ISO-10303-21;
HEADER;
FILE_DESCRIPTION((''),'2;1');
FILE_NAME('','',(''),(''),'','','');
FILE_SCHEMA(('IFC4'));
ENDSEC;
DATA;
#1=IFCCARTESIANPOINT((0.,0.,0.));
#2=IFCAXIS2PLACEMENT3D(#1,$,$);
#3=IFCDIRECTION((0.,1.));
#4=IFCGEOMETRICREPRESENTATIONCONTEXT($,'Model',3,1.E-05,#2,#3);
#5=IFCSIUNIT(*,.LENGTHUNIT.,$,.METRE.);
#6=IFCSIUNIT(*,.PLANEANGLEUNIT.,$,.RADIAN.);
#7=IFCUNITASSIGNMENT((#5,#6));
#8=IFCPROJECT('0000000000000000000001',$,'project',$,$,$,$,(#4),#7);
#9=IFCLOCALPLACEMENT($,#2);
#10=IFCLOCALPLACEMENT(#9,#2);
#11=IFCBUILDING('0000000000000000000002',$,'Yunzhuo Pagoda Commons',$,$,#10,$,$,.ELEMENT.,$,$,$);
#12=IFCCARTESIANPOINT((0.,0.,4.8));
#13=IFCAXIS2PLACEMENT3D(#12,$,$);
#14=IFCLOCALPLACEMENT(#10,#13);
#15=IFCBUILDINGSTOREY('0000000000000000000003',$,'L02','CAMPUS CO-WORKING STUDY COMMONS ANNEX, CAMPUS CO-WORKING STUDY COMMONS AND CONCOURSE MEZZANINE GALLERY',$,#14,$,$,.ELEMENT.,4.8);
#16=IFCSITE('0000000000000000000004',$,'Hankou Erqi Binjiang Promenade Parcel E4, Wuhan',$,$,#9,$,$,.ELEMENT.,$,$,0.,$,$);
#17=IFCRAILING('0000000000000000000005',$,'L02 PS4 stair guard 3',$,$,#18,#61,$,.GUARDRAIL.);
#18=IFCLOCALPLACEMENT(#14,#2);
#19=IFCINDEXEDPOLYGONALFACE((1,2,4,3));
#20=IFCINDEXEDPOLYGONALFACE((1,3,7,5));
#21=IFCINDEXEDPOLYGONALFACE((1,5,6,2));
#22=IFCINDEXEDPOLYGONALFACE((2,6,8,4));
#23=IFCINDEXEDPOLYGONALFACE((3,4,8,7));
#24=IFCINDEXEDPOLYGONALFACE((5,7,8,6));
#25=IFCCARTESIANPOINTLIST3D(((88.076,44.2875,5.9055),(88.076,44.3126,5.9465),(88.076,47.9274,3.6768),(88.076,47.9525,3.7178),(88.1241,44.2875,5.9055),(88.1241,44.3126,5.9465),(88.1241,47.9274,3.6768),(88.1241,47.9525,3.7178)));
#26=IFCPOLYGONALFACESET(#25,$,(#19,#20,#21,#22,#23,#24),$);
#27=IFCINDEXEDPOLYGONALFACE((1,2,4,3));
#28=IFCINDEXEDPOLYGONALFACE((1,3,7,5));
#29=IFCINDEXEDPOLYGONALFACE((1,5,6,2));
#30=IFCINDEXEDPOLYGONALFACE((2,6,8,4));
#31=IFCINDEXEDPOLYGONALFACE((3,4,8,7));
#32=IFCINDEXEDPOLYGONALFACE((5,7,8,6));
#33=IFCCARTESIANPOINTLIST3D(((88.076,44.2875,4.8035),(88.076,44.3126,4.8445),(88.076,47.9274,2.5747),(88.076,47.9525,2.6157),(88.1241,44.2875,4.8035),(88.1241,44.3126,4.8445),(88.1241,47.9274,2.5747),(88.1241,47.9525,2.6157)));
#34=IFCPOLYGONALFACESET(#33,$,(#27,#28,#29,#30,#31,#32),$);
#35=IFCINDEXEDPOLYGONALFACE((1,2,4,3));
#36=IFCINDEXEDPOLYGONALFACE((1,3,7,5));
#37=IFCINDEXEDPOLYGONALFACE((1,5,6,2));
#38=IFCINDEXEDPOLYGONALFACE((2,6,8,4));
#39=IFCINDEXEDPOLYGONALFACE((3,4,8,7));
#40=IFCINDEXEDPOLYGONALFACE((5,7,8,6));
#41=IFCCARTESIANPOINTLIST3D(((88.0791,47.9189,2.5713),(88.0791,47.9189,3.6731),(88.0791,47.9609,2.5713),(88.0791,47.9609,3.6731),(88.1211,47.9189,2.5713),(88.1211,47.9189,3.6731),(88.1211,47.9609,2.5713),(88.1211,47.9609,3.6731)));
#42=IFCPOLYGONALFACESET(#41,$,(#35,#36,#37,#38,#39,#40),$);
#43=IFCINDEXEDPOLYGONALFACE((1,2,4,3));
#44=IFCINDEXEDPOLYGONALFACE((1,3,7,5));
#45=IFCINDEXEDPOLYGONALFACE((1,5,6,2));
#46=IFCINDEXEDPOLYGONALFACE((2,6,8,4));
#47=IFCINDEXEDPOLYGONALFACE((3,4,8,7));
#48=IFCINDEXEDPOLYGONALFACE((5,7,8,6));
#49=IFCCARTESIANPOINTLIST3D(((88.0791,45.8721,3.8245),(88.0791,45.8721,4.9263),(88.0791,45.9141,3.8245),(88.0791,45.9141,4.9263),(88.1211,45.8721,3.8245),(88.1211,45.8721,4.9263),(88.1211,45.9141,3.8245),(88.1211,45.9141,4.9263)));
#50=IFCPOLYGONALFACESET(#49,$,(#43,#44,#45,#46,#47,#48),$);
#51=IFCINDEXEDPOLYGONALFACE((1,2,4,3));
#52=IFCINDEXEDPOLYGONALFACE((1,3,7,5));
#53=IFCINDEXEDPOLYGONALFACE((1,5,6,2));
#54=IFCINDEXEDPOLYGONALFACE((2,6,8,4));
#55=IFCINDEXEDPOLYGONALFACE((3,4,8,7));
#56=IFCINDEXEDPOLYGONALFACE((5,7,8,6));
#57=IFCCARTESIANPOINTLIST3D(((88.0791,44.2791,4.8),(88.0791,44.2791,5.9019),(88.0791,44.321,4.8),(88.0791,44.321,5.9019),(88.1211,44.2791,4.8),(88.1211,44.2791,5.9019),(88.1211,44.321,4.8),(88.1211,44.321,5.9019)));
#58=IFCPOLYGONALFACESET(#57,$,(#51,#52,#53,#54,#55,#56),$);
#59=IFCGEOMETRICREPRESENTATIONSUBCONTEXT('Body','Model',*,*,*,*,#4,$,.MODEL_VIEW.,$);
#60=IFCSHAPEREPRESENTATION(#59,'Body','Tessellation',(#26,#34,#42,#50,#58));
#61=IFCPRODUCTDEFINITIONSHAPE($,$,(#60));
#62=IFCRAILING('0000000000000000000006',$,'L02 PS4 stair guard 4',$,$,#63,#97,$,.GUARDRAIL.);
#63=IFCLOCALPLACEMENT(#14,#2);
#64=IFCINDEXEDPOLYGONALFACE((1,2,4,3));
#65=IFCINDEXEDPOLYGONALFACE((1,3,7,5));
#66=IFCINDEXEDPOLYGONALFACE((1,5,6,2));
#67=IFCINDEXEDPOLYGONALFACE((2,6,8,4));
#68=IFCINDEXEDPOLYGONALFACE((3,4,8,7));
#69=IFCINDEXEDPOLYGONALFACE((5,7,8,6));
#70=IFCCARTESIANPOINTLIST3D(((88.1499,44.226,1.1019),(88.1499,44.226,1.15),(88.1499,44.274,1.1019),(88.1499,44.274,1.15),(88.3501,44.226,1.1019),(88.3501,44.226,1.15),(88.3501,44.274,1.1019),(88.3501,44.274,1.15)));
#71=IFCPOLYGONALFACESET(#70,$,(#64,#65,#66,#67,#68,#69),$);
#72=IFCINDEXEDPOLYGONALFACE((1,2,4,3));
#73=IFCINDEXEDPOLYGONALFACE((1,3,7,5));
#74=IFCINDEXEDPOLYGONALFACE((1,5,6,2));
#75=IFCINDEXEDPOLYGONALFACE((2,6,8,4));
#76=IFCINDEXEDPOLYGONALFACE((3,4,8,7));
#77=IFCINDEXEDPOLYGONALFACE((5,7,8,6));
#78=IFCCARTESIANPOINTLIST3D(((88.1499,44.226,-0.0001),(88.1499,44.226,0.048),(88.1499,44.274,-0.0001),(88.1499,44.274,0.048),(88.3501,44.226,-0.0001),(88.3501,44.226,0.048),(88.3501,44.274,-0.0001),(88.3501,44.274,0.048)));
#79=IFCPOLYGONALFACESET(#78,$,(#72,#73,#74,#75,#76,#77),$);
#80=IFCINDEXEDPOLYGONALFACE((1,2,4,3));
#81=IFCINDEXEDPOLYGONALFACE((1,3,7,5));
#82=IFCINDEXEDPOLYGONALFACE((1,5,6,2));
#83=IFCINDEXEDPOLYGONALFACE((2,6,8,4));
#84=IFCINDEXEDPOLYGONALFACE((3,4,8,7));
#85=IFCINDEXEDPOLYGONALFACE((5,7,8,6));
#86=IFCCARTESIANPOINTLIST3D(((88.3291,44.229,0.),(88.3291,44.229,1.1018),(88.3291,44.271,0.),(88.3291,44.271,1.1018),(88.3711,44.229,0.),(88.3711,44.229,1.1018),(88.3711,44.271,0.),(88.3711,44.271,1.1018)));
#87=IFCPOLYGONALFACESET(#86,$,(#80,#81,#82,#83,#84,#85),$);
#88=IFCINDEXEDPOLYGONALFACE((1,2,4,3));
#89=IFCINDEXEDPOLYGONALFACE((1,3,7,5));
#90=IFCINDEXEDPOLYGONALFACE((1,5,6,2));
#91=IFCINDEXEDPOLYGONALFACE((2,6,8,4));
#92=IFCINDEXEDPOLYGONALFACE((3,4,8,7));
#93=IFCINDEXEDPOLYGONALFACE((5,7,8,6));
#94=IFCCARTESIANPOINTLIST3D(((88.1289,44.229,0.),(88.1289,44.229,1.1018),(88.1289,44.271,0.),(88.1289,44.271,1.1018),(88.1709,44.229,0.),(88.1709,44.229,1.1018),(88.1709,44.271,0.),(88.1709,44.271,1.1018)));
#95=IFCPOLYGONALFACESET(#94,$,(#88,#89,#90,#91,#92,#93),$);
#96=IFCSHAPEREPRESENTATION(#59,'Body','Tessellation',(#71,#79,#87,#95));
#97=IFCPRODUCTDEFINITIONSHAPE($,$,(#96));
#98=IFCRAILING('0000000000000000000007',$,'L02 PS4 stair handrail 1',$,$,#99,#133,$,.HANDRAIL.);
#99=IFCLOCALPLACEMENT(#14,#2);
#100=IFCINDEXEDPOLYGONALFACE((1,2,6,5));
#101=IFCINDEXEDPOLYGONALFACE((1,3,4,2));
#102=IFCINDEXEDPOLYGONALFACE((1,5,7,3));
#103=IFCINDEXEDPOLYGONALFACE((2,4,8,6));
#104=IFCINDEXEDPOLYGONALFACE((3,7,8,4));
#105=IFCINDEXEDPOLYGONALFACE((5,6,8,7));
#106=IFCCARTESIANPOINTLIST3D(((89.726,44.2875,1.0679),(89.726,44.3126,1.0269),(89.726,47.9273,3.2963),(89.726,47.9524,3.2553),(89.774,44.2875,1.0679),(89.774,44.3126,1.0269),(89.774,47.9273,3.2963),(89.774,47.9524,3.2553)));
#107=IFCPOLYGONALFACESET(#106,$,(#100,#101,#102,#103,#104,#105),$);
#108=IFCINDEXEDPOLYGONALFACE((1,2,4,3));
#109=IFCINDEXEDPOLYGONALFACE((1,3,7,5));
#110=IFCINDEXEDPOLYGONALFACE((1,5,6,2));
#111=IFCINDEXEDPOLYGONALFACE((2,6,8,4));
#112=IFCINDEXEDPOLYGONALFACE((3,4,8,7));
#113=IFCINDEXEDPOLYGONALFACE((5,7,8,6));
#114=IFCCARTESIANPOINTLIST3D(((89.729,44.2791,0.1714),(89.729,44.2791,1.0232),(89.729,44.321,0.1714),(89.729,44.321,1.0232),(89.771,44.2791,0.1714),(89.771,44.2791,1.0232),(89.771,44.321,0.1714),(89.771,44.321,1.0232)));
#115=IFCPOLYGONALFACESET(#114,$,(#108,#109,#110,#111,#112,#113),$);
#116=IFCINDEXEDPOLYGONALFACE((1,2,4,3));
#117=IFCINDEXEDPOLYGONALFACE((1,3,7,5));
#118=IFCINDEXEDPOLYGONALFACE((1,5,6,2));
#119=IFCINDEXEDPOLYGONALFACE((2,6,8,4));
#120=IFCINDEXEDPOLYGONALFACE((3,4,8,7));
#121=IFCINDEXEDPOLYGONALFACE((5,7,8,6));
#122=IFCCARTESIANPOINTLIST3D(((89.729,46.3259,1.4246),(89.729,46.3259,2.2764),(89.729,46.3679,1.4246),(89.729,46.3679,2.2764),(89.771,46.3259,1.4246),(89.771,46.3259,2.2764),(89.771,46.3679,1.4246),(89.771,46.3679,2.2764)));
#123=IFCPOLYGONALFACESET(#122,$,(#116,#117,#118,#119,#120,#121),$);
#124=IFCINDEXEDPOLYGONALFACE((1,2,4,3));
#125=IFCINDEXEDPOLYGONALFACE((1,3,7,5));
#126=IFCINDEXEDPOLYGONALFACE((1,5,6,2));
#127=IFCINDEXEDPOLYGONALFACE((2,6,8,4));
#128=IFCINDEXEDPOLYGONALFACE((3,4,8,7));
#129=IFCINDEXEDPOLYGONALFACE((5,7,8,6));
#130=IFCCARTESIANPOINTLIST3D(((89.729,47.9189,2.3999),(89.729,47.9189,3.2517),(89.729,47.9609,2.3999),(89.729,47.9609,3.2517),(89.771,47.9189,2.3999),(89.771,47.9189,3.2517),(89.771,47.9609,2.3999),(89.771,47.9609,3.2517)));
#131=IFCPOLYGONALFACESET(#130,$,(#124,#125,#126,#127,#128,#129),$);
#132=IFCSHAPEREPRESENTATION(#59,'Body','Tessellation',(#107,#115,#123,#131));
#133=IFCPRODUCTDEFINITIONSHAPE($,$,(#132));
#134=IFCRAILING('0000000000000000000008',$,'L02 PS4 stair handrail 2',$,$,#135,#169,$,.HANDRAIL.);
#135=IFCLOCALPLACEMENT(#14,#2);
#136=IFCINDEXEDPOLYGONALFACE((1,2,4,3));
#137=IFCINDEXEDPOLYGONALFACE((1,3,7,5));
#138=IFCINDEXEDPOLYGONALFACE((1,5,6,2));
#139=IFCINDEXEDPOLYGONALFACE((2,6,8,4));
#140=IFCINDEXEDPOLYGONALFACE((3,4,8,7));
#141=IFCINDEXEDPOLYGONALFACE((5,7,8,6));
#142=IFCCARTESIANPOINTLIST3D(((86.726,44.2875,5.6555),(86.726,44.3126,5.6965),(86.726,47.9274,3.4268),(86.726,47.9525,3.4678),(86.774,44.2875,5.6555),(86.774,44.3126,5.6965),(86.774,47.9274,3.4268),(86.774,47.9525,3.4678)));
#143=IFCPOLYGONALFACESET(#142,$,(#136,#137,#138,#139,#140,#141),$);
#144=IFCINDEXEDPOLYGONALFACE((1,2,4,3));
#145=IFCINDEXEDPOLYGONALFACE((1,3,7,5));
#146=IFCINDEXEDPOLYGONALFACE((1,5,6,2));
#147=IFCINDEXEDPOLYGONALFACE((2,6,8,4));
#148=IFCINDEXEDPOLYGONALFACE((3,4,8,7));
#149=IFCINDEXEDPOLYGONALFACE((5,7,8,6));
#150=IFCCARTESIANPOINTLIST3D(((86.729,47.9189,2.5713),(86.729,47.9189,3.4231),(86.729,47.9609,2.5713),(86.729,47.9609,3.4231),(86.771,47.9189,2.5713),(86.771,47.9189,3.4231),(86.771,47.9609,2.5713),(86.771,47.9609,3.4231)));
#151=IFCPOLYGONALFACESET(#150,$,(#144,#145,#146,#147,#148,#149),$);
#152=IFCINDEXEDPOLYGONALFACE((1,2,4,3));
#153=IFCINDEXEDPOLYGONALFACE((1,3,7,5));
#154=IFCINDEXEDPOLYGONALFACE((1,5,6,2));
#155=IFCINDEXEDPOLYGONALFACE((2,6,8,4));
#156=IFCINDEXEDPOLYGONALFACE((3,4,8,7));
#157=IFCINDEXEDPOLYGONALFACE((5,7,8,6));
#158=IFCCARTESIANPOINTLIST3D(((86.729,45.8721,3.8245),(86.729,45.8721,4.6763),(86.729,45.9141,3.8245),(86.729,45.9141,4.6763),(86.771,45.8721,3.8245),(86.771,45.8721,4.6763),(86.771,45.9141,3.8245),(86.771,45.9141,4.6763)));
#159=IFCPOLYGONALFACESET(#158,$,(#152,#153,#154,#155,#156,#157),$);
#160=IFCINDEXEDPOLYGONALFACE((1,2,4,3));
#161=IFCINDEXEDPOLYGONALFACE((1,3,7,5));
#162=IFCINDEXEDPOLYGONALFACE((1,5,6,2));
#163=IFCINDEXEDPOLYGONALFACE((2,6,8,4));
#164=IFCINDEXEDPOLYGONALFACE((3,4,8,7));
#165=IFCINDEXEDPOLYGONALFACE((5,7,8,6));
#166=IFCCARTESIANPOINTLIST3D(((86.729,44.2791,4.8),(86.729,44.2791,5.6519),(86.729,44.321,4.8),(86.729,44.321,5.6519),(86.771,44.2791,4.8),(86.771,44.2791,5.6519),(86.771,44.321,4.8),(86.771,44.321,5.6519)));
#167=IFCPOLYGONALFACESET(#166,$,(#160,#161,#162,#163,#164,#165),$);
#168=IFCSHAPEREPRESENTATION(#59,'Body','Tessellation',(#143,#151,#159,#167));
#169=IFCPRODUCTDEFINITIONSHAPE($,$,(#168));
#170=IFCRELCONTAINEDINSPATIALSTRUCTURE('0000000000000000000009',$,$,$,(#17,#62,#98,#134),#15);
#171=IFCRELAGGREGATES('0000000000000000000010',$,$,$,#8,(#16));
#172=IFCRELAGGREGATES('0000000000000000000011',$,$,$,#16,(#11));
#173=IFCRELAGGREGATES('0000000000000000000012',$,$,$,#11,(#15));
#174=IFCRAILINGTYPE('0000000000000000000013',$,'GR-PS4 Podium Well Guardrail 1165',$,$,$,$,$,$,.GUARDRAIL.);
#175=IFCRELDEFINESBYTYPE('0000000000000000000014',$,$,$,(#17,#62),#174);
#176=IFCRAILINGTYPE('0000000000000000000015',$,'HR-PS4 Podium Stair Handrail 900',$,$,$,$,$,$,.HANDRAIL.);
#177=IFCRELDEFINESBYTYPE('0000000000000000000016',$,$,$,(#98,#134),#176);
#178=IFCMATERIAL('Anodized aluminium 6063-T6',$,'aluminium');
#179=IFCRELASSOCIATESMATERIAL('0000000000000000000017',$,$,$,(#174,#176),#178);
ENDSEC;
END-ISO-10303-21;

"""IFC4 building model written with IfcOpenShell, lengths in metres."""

from ifc_helpers import new_model, si_unit, direction, frame, origin, origin_2d, place, context, subcontext, project, spatial, rectangle, extrude, material, type_object, element, save


model = new_model("IFC4")

# Units and contexts
model_context = context("Model", 3, precision=1e-05, world=origin(), true_north=direction((0.0, 1.0)))
body_context = subcontext(model_context, "Body", "Model", "MODEL_VIEW")
ifc_project = project(units=[si_unit("LENGTHUNIT", "METRE"), si_unit("PLANEANGLEUNIT", "RADIAN")], contexts=[model_context])

# Site, building, storey
site_placement = place(None, origin())
site = spatial("IfcSite", under=ifc_project, at=site_placement, Name="Hankou Erqi Binjiang Promenade Parcel E4, Wuhan", CompositionType="ELEMENT", RefElevation=0.0)
building_placement = place(site_placement, origin())
building = spatial("IfcBuilding", under=site, at=building_placement, Name="Yunzhuo Pagoda Commons", CompositionType="ELEMENT")
storey_placement = place(building_placement, frame((0.0, 0.0, 4.8)))
storey = spatial("IfcBuildingStorey", under=building, at=storey_placement, Name="L02", Description="CAMPUS CO-WORKING STUDY COMMONS ANNEX, CAMPUS CO-WORKING STUDY COMMONS AND CONCOURSE MEZZANINE GALLERY", CompositionType="ELEMENT", Elevation=4.8)

# Railings
ifc_material_1 = material(Name="Anodized aluminium 6063-T6", Category="aluminium")
railing_type_1 = type_object("IfcRailingType", Name="GR-PS4 Podium Well Guardrail 1165", PredefinedType="GUARDRAIL", material=ifc_material_1)
railing_1_placement = place(storey_placement, frame((88.1001, 47.9399, 2.5713)))
element("IfcRailing", 1, at=railing_1_placement, inside=storey, type_object=railing_type_1, Name="L02 PS4 stair guard 3", PredefinedType="GUARDRAIL", context=body_context, shape_type="SweptSolid", body=[
    extrude(rectangle(XDim=0.0481, YDim=0.0481, at=origin_2d()), frame((0.0, 0.0, 1.126), z_axis=(0.0, -0.852825, 0.522197), x_axis=(1.0, 0.0, 0.0)), (0.0, 0.0, 1.0), 4.2681),
    extrude(rectangle(XDim=0.0481, YDim=0.0481, at=origin_2d()), frame((0.0, 0.0, 0.0239), z_axis=(0.0, -0.852825, 0.522197), x_axis=(1.0, 0.0, 0.0)), (0.0, 0.0, 1.0), 4.2681),
    extrude(rectangle(XDim=0.042, YDim=0.042, at=origin_2d()), origin(), (0.0, 0.0, 1.0), 1.1018),
    extrude(rectangle(XDim=0.042, YDim=0.042, at=origin_2d()), frame((0.0, -2.0469, 1.2532)), (0.0, 0.0, 1.0), 1.1018),
    extrude(rectangle(XDim=0.042, YDim=0.042, at=origin_2d()), frame((0.0, -3.6399, 2.2288)), (0.0, 0.0, 1.0), 1.1018),
])
railing_2_placement = place(storey_placement, frame((88.3501, 44.25, 0.0)))
element("IfcRailing", 2, at=railing_2_placement, inside=storey, type_object=railing_type_1, Name="L02 PS4 stair guard 4", PredefinedType="GUARDRAIL", context=body_context, shape_type="SweptSolid", body=[
    extrude(rectangle(XDim=0.0481, YDim=0.0481, at=origin_2d()), frame((0.0, 0.0, 1.126), z_axis=(-1.0, 0.0, 0.0), x_axis=(0.0, -1.0, 0.0)), (0.0, 0.0, 1.0), 0.2002),
    extrude(rectangle(XDim=0.0481, YDim=0.0481, at=origin_2d()), frame((0.0, 0.0, 0.0239), z_axis=(-1.0, 0.0, 0.0), x_axis=(0.0, -1.0, 0.0)), (0.0, 0.0, 1.0), 0.2002),
    extrude(rectangle(XDim=0.042, YDim=0.042, at=origin_2d()), origin(), (0.0, 0.0, 1.0), 1.1018),
    extrude(rectangle(XDim=0.042, YDim=0.042, at=origin_2d()), frame((-0.2002, 0.0, 0.0)), (0.0, 0.0, 1.0), 1.1018),
])
railing_type_2 = type_object("IfcRailingType", Name="HR-PS4 Podium Stair Handrail 900", PredefinedType="HANDRAIL", material=ifc_material_1)
railing_3_placement = place(storey_placement, frame((89.75, 44.3, 0.1714)))
element("IfcRailing", 3, at=railing_3_placement, inside=storey, type_object=railing_type_2, Name="L02 PS4 stair handrail 1", PredefinedType="HANDRAIL", context=body_context, shape_type="SweptSolid", body=[
    extrude(rectangle(XDim=0.0481, YDim=0.0481, at=origin_2d()), frame((0.0, 0.0, 0.876), z_axis=(0.0, 0.85285, 0.522156), x_axis=(-1.0, 0.0, 0.0)), (0.0, 0.0, 1.0), 4.2678),
    extrude(rectangle(XDim=0.042, YDim=0.042, at=origin_2d()), origin(), (0.0, 0.0, 1.0), 0.8518),
    extrude(rectangle(XDim=0.042, YDim=0.042, at=origin_2d()), frame((0.0, 2.0469, 1.2532)), (0.0, 0.0, 1.0), 0.8518),
    extrude(rectangle(XDim=0.042, YDim=0.042, at=origin_2d()), frame((0.0, 3.6399, 2.2285)), (0.0, 0.0, 1.0), 0.8518),
])
railing_4_placement = place(storey_placement, frame((86.75, 47.9399, 2.5713)))
element("IfcRailing", 4, at=railing_4_placement, inside=storey, type_object=railing_type_2, Name="L02 PS4 stair handrail 2", PredefinedType="HANDRAIL", context=body_context, shape_type="SweptSolid", body=[
    extrude(rectangle(XDim=0.0481, YDim=0.0481, at=origin_2d()), frame((0.0, 0.0, 0.876), z_axis=(0.0, -0.852825, 0.522197), x_axis=(1.0, 0.0, 0.0)), (0.0, 0.0, 1.0), 4.2681),
    extrude(rectangle(XDim=0.042, YDim=0.042, at=origin_2d()), origin(), (0.0, 0.0, 1.0), 0.8518),
    extrude(rectangle(XDim=0.042, YDim=0.042, at=origin_2d()), frame((0.0, -2.0469, 1.2532)), (0.0, 0.0, 1.0), 0.8518),
    extrude(rectangle(XDim=0.042, YDim=0.042, at=origin_2d()), frame((0.0, -3.6399, 2.2288)), (0.0, 0.0, 1.0), 0.8518),
])

save(model, "model.ifc")
